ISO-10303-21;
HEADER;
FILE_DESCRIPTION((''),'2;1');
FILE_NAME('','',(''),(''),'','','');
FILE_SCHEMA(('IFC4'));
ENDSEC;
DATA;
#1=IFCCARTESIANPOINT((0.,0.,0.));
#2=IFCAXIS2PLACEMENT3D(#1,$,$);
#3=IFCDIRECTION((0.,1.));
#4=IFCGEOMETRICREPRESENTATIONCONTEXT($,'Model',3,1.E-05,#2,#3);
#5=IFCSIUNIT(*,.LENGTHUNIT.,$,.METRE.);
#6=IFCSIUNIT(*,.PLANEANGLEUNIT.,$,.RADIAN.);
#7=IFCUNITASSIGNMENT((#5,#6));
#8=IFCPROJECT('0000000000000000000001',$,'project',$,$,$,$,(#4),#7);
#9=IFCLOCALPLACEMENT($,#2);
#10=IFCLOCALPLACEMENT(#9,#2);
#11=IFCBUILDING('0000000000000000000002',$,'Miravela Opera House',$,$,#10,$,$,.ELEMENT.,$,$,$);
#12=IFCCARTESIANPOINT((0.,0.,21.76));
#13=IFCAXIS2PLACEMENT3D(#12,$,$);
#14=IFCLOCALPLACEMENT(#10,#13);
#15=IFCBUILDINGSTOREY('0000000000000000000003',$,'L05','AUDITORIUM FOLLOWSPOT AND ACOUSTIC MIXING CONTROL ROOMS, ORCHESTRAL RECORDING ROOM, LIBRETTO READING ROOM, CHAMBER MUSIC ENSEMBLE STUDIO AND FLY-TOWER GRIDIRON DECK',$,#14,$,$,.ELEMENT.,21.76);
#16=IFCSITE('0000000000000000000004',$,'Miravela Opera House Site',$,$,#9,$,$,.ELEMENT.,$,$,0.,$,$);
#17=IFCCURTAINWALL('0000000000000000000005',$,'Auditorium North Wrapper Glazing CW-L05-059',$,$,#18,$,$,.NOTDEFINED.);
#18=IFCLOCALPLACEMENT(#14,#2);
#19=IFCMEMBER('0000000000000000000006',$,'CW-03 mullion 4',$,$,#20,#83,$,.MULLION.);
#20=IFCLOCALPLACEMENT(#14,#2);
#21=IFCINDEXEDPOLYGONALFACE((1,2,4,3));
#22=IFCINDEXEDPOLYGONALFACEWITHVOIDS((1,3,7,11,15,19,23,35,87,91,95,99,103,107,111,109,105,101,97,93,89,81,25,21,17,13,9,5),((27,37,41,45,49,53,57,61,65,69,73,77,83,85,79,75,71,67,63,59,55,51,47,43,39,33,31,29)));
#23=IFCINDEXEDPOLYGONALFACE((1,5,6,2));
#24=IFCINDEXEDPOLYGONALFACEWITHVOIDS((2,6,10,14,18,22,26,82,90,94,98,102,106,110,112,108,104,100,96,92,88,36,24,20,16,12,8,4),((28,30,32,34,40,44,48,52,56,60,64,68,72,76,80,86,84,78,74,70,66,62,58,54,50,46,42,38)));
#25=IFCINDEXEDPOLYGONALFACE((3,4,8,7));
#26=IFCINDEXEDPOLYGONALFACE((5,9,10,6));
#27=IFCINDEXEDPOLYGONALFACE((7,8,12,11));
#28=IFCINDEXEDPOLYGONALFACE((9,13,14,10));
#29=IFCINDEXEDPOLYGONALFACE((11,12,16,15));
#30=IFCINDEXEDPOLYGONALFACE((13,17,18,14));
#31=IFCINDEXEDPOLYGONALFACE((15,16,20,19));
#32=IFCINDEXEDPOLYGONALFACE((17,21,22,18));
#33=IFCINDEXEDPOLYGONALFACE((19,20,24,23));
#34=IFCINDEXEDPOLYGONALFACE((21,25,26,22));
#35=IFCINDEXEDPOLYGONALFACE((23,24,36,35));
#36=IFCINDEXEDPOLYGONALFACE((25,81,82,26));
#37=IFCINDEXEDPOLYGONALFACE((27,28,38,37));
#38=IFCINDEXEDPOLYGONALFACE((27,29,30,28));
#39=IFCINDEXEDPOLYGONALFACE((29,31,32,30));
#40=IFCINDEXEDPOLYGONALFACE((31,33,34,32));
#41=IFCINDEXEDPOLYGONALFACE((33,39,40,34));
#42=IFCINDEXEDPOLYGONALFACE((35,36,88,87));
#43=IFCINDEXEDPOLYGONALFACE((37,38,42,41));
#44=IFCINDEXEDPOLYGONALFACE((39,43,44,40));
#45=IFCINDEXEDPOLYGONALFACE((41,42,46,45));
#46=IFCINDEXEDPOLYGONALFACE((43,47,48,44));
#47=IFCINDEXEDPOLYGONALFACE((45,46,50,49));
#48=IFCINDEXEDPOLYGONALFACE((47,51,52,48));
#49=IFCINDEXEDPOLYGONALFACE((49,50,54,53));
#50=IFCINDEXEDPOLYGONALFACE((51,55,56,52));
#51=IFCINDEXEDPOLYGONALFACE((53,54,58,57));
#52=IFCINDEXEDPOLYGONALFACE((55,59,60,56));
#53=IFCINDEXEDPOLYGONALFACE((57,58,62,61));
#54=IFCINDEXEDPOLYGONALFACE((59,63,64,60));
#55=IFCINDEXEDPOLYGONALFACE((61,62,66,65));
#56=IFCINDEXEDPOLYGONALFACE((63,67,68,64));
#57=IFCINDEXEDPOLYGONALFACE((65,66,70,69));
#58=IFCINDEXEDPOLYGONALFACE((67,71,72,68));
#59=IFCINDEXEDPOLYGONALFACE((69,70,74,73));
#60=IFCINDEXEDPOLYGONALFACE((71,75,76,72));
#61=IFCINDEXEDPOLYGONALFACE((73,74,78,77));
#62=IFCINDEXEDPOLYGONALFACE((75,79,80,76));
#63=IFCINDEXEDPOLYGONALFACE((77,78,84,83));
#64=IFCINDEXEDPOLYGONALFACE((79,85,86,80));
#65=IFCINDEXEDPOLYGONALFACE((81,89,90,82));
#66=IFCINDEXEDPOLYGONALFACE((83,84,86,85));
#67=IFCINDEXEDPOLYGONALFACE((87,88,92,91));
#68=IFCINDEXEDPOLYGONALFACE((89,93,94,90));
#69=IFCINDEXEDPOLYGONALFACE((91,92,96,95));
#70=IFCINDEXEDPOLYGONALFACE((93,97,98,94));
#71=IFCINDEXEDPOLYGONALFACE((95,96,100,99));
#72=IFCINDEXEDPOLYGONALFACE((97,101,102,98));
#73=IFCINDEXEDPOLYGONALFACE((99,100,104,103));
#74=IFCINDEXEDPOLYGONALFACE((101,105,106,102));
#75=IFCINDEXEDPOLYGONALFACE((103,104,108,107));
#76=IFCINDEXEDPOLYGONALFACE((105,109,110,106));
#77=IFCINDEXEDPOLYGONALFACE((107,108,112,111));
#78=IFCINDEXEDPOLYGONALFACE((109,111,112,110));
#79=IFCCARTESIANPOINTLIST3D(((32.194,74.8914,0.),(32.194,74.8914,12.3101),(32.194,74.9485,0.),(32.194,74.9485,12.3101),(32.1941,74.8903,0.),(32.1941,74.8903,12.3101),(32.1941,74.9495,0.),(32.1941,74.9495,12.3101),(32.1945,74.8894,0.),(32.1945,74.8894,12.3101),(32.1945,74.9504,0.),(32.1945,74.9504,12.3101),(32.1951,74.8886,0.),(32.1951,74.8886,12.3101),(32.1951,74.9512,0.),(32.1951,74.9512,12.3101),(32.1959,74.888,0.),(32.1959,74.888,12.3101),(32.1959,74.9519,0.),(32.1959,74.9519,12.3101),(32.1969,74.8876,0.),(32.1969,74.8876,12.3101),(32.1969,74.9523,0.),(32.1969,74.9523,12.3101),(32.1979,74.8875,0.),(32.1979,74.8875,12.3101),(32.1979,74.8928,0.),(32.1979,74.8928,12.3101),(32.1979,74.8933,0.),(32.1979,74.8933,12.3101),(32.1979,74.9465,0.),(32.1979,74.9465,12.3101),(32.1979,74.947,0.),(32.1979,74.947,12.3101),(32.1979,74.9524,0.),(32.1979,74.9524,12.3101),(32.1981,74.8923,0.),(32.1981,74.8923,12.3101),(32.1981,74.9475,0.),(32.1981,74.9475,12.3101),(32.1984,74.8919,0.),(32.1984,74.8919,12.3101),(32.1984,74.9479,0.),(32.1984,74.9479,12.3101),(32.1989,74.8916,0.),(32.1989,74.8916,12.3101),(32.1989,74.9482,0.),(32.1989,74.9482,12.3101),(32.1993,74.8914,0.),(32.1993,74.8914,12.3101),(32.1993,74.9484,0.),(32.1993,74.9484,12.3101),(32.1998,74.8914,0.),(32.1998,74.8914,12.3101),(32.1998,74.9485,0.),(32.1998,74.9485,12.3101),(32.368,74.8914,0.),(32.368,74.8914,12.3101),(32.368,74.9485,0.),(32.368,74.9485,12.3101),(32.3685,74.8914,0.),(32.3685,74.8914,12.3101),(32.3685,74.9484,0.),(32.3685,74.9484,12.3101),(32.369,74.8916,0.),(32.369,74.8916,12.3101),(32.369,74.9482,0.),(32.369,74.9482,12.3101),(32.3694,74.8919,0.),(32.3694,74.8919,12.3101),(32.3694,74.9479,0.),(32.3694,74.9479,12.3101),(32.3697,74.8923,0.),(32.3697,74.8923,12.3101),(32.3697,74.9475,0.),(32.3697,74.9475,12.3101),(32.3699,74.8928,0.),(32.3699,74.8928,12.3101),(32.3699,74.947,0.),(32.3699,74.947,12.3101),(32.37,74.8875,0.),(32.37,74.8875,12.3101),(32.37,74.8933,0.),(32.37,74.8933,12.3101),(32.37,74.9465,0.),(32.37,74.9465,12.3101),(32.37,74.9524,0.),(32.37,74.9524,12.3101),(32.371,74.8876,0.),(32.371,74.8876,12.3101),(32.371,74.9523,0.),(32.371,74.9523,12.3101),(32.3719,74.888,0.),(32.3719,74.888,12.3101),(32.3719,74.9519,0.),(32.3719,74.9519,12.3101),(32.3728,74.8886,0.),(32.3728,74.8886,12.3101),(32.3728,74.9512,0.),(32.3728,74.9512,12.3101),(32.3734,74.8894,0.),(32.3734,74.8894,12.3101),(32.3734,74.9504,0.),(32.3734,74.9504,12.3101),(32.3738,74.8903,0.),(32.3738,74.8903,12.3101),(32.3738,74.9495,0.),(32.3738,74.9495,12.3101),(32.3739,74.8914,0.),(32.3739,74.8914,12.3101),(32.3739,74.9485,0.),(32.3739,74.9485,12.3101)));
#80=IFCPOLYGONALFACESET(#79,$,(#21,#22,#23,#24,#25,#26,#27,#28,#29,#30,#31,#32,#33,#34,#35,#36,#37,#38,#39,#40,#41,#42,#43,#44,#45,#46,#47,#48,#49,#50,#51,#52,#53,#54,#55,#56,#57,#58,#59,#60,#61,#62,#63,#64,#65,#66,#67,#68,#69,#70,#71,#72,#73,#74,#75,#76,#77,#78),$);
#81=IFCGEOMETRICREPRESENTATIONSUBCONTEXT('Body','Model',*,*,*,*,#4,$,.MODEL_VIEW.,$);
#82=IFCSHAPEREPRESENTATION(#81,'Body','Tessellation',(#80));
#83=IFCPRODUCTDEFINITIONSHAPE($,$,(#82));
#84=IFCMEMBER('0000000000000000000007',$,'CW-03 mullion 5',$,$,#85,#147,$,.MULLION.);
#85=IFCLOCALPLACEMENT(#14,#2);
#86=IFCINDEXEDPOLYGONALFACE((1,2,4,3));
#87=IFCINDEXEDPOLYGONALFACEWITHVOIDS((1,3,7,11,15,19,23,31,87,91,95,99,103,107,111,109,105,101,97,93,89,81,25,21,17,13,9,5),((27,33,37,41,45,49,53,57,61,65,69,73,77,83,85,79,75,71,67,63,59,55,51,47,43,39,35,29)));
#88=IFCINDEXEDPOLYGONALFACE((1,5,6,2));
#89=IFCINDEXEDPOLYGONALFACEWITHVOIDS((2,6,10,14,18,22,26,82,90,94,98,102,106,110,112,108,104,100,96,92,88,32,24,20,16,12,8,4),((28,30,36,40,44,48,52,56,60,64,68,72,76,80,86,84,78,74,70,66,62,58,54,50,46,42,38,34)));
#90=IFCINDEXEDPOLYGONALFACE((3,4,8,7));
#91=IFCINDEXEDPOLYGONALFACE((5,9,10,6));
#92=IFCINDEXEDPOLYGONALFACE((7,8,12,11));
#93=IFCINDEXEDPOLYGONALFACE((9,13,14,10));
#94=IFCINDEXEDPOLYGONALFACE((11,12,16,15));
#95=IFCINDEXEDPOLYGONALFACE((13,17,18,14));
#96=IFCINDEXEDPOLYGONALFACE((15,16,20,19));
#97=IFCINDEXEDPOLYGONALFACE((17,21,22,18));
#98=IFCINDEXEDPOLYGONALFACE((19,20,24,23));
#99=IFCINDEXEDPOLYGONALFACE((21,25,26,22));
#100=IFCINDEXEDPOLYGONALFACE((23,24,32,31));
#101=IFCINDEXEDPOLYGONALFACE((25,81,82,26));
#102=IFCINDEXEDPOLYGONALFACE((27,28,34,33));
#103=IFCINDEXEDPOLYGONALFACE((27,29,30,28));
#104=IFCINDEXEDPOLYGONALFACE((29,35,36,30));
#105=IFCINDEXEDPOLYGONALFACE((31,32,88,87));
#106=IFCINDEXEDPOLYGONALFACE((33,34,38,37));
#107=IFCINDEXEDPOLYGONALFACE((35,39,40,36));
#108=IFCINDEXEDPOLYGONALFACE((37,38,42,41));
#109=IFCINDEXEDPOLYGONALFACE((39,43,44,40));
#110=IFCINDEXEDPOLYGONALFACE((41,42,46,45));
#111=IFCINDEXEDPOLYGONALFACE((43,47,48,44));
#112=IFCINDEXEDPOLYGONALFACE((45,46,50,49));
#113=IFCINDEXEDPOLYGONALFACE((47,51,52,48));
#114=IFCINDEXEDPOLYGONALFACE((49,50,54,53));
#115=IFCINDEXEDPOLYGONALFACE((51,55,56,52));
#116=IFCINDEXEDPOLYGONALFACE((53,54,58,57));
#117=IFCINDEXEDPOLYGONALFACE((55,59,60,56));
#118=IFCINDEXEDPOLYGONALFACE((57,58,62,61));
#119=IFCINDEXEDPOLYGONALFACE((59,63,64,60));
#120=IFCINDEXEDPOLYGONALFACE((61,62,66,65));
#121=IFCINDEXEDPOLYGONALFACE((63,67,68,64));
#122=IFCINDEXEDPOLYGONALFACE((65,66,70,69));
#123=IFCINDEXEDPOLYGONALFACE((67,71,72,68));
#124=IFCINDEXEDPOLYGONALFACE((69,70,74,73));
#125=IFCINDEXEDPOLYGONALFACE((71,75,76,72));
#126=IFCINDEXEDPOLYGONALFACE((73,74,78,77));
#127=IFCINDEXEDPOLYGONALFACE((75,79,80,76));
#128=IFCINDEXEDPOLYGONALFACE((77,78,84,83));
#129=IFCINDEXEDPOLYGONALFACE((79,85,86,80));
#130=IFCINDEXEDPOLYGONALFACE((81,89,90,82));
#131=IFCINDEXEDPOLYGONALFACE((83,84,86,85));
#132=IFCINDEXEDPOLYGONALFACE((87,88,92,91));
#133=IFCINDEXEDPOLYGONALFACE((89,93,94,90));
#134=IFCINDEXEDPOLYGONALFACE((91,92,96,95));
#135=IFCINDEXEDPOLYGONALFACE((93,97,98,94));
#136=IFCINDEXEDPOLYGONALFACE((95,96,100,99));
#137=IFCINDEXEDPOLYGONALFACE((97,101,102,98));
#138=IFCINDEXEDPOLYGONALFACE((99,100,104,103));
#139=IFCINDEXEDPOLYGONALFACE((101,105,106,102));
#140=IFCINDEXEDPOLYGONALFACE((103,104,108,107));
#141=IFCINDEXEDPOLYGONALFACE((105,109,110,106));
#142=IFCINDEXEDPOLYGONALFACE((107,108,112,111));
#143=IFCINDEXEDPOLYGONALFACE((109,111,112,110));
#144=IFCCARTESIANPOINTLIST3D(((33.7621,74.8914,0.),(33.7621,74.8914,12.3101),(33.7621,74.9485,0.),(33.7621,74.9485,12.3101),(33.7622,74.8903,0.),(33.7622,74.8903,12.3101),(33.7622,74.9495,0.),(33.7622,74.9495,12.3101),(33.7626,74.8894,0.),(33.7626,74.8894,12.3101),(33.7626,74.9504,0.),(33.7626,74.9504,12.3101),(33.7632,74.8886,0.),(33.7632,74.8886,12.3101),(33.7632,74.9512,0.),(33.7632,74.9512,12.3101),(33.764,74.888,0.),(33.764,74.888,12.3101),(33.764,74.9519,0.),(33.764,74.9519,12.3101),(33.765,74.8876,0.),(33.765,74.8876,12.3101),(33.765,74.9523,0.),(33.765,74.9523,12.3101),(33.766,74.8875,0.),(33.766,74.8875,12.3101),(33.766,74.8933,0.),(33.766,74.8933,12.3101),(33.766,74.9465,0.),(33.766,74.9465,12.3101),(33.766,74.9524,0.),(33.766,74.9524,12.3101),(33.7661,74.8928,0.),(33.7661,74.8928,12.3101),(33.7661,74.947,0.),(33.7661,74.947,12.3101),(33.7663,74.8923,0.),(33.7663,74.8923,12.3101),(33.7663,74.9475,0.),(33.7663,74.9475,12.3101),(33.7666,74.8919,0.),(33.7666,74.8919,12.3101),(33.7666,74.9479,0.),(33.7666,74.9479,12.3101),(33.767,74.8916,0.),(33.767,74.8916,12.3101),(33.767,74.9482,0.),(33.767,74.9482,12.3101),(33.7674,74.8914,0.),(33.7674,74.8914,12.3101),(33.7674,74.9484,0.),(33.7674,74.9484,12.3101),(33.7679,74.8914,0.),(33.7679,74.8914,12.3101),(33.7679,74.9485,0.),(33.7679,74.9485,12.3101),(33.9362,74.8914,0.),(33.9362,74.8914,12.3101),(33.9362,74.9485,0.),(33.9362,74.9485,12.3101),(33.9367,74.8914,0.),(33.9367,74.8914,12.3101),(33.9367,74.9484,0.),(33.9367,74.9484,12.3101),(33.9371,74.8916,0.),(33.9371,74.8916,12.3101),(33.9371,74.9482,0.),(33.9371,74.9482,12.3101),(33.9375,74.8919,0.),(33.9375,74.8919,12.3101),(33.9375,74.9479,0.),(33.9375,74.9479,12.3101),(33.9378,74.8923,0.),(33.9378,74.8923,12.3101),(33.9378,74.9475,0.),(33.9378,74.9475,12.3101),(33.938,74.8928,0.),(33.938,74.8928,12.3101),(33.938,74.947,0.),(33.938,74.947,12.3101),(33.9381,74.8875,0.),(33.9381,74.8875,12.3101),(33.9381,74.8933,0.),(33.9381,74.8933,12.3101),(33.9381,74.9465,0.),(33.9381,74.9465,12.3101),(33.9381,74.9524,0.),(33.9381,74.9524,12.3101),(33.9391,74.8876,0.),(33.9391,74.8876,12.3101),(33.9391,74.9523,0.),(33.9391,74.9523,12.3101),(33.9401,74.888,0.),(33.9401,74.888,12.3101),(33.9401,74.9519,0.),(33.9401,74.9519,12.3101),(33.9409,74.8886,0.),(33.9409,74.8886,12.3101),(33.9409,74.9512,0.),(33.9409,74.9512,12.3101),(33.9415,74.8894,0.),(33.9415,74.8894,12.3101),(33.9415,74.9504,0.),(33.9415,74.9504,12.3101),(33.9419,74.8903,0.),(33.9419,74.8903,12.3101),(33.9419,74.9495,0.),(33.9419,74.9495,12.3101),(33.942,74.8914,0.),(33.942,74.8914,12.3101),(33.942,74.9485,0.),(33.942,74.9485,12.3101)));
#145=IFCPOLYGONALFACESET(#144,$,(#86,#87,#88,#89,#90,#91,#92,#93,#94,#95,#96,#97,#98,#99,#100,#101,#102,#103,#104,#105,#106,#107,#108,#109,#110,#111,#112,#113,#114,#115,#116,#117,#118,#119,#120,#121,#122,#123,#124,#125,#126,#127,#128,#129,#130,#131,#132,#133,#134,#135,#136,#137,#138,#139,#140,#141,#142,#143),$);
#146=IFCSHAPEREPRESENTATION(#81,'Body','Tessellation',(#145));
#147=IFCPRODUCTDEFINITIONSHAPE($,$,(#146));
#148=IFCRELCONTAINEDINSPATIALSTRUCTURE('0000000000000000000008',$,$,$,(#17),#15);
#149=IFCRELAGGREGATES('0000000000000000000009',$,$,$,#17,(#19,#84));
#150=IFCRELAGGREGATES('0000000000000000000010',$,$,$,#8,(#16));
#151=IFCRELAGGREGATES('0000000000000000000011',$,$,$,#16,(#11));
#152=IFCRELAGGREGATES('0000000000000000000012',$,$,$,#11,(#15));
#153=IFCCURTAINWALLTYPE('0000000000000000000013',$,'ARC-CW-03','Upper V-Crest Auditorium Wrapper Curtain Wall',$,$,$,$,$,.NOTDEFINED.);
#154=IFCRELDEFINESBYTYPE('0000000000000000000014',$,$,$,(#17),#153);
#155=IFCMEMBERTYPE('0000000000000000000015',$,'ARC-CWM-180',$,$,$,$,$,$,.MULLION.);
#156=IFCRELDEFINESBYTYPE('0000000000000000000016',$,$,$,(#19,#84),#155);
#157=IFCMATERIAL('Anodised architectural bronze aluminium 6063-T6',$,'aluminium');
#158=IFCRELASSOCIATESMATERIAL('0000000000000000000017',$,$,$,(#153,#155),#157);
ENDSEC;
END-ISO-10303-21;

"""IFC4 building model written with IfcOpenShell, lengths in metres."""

from ifc_helpers import new_model, si_unit, direction, frame, origin, origin_2d, place, context, subcontext, project, spatial, hollow_rectangle, extrude, material, material_profile, profile_set, type_object, element, aggregate, save


model = new_model("IFC4")

# Units and contexts
model_context = context("Model", 3, precision=1e-05, world=origin(), true_north=direction((0.0, 1.0)))
body_context = subcontext(model_context, "Body", "Model", "MODEL_VIEW")
ifc_project = project(units=[si_unit("LENGTHUNIT", "METRE"), si_unit("PLANEANGLEUNIT", "RADIAN")], contexts=[model_context])

# Site, building, storey
site_placement = place(None, origin())
site = spatial("IfcSite", under=ifc_project, at=site_placement, Name="Miravela Opera House Site", CompositionType="ELEMENT", RefElevation=0.0)
building_placement = place(site_placement, origin())
building = spatial("IfcBuilding", under=site, at=building_placement, Name="Miravela Opera House", CompositionType="ELEMENT")
storey_placement = place(building_placement, frame((0.0, 0.0, 21.76)))
storey = spatial("IfcBuildingStorey", under=building, at=storey_placement, Name="L05", Description="AUDITORIUM FOLLOWSPOT AND ACOUSTIC MIXING CONTROL ROOMS, ORCHESTRAL RECORDING ROOM, LIBRETTO READING ROOM, CHAMBER MUSIC ENSEMBLE STUDIO AND FLY-TOWER GRIDIRON DECK", CompositionType="ELEMENT", Elevation=21.76)

# Curtain wall, members
ifc_material_1 = material(Name="Anodised architectural bronze aluminium 6063-T6", Category="aluminium")
curtain_wall_type = type_object("IfcCurtainWallType", Name="ARC-CW-03", Description="Upper V-Crest Auditorium Wrapper Curtain Wall", PredefinedType="NOTDEFINED", material=ifc_material_1)
curtain_wall_placement = place(storey_placement, origin())
curtain_wall = element("IfcCurtainWall", 1, at=curtain_wall_placement, inside=storey, type_object=curtain_wall_type, Name="Auditorium North Wrapper Glazing CW-L05-059", PredefinedType="NOTDEFINED")
ifc_material_profile_1 = material_profile(ifc_material_1, hollow_rectangle(XDim=0.0649, YDim=0.1799, WallThickness=0.0039, InnerFilletRadius=0.002, OuterFilletRadius=0.0039, at=origin_2d()), Name="CWM-65X180")
ifc_profile_set_1 = profile_set([ifc_material_profile_1])
member_type_1 = type_object("IfcMemberType", Name="ARC-CWM-180", PredefinedType="MULLION", material=ifc_profile_set_1)
member_1_placement = place(storey_placement, frame((32.2839, 74.9199, 0.0), z_axis=(0.0, 0.0, 1.0), x_axis=(0.0, 1.0, 0.0)))
member_1 = element("IfcMember", 2, at=member_1_placement, type_object=member_type_1, Name="CW-03 mullion 4", PredefinedType="MULLION", context=body_context, shape_type="SweptSolid", body=[
    extrude(hollow_rectangle(XDim=0.0649, YDim=0.1799, WallThickness=0.0039, InnerFilletRadius=0.002, OuterFilletRadius=0.0039, at=origin_2d()), origin(), (0.0, 0.0, 1.0), 12.3101),
])
member_2_placement = place(storey_placement, frame((33.8521, 74.9199, 0.0), z_axis=(0.0, 0.0, 1.0), x_axis=(0.0, 1.0, 0.0)))
member_2 = element("IfcMember", 3, at=member_2_placement, type_object=member_type_1, Name="CW-03 mullion 5", PredefinedType="MULLION", context=body_context, shape_type="SweptSolid", body=[
    extrude(hollow_rectangle(XDim=0.0649, YDim=0.1799, WallThickness=0.0039, InnerFilletRadius=0.002, OuterFilletRadius=0.0039, at=origin_2d()), origin(), (0.0, 0.0, 1.0), 12.3101),
])

aggregate(curtain_wall, [member_1, member_2])

save(model, "model.ifc")
